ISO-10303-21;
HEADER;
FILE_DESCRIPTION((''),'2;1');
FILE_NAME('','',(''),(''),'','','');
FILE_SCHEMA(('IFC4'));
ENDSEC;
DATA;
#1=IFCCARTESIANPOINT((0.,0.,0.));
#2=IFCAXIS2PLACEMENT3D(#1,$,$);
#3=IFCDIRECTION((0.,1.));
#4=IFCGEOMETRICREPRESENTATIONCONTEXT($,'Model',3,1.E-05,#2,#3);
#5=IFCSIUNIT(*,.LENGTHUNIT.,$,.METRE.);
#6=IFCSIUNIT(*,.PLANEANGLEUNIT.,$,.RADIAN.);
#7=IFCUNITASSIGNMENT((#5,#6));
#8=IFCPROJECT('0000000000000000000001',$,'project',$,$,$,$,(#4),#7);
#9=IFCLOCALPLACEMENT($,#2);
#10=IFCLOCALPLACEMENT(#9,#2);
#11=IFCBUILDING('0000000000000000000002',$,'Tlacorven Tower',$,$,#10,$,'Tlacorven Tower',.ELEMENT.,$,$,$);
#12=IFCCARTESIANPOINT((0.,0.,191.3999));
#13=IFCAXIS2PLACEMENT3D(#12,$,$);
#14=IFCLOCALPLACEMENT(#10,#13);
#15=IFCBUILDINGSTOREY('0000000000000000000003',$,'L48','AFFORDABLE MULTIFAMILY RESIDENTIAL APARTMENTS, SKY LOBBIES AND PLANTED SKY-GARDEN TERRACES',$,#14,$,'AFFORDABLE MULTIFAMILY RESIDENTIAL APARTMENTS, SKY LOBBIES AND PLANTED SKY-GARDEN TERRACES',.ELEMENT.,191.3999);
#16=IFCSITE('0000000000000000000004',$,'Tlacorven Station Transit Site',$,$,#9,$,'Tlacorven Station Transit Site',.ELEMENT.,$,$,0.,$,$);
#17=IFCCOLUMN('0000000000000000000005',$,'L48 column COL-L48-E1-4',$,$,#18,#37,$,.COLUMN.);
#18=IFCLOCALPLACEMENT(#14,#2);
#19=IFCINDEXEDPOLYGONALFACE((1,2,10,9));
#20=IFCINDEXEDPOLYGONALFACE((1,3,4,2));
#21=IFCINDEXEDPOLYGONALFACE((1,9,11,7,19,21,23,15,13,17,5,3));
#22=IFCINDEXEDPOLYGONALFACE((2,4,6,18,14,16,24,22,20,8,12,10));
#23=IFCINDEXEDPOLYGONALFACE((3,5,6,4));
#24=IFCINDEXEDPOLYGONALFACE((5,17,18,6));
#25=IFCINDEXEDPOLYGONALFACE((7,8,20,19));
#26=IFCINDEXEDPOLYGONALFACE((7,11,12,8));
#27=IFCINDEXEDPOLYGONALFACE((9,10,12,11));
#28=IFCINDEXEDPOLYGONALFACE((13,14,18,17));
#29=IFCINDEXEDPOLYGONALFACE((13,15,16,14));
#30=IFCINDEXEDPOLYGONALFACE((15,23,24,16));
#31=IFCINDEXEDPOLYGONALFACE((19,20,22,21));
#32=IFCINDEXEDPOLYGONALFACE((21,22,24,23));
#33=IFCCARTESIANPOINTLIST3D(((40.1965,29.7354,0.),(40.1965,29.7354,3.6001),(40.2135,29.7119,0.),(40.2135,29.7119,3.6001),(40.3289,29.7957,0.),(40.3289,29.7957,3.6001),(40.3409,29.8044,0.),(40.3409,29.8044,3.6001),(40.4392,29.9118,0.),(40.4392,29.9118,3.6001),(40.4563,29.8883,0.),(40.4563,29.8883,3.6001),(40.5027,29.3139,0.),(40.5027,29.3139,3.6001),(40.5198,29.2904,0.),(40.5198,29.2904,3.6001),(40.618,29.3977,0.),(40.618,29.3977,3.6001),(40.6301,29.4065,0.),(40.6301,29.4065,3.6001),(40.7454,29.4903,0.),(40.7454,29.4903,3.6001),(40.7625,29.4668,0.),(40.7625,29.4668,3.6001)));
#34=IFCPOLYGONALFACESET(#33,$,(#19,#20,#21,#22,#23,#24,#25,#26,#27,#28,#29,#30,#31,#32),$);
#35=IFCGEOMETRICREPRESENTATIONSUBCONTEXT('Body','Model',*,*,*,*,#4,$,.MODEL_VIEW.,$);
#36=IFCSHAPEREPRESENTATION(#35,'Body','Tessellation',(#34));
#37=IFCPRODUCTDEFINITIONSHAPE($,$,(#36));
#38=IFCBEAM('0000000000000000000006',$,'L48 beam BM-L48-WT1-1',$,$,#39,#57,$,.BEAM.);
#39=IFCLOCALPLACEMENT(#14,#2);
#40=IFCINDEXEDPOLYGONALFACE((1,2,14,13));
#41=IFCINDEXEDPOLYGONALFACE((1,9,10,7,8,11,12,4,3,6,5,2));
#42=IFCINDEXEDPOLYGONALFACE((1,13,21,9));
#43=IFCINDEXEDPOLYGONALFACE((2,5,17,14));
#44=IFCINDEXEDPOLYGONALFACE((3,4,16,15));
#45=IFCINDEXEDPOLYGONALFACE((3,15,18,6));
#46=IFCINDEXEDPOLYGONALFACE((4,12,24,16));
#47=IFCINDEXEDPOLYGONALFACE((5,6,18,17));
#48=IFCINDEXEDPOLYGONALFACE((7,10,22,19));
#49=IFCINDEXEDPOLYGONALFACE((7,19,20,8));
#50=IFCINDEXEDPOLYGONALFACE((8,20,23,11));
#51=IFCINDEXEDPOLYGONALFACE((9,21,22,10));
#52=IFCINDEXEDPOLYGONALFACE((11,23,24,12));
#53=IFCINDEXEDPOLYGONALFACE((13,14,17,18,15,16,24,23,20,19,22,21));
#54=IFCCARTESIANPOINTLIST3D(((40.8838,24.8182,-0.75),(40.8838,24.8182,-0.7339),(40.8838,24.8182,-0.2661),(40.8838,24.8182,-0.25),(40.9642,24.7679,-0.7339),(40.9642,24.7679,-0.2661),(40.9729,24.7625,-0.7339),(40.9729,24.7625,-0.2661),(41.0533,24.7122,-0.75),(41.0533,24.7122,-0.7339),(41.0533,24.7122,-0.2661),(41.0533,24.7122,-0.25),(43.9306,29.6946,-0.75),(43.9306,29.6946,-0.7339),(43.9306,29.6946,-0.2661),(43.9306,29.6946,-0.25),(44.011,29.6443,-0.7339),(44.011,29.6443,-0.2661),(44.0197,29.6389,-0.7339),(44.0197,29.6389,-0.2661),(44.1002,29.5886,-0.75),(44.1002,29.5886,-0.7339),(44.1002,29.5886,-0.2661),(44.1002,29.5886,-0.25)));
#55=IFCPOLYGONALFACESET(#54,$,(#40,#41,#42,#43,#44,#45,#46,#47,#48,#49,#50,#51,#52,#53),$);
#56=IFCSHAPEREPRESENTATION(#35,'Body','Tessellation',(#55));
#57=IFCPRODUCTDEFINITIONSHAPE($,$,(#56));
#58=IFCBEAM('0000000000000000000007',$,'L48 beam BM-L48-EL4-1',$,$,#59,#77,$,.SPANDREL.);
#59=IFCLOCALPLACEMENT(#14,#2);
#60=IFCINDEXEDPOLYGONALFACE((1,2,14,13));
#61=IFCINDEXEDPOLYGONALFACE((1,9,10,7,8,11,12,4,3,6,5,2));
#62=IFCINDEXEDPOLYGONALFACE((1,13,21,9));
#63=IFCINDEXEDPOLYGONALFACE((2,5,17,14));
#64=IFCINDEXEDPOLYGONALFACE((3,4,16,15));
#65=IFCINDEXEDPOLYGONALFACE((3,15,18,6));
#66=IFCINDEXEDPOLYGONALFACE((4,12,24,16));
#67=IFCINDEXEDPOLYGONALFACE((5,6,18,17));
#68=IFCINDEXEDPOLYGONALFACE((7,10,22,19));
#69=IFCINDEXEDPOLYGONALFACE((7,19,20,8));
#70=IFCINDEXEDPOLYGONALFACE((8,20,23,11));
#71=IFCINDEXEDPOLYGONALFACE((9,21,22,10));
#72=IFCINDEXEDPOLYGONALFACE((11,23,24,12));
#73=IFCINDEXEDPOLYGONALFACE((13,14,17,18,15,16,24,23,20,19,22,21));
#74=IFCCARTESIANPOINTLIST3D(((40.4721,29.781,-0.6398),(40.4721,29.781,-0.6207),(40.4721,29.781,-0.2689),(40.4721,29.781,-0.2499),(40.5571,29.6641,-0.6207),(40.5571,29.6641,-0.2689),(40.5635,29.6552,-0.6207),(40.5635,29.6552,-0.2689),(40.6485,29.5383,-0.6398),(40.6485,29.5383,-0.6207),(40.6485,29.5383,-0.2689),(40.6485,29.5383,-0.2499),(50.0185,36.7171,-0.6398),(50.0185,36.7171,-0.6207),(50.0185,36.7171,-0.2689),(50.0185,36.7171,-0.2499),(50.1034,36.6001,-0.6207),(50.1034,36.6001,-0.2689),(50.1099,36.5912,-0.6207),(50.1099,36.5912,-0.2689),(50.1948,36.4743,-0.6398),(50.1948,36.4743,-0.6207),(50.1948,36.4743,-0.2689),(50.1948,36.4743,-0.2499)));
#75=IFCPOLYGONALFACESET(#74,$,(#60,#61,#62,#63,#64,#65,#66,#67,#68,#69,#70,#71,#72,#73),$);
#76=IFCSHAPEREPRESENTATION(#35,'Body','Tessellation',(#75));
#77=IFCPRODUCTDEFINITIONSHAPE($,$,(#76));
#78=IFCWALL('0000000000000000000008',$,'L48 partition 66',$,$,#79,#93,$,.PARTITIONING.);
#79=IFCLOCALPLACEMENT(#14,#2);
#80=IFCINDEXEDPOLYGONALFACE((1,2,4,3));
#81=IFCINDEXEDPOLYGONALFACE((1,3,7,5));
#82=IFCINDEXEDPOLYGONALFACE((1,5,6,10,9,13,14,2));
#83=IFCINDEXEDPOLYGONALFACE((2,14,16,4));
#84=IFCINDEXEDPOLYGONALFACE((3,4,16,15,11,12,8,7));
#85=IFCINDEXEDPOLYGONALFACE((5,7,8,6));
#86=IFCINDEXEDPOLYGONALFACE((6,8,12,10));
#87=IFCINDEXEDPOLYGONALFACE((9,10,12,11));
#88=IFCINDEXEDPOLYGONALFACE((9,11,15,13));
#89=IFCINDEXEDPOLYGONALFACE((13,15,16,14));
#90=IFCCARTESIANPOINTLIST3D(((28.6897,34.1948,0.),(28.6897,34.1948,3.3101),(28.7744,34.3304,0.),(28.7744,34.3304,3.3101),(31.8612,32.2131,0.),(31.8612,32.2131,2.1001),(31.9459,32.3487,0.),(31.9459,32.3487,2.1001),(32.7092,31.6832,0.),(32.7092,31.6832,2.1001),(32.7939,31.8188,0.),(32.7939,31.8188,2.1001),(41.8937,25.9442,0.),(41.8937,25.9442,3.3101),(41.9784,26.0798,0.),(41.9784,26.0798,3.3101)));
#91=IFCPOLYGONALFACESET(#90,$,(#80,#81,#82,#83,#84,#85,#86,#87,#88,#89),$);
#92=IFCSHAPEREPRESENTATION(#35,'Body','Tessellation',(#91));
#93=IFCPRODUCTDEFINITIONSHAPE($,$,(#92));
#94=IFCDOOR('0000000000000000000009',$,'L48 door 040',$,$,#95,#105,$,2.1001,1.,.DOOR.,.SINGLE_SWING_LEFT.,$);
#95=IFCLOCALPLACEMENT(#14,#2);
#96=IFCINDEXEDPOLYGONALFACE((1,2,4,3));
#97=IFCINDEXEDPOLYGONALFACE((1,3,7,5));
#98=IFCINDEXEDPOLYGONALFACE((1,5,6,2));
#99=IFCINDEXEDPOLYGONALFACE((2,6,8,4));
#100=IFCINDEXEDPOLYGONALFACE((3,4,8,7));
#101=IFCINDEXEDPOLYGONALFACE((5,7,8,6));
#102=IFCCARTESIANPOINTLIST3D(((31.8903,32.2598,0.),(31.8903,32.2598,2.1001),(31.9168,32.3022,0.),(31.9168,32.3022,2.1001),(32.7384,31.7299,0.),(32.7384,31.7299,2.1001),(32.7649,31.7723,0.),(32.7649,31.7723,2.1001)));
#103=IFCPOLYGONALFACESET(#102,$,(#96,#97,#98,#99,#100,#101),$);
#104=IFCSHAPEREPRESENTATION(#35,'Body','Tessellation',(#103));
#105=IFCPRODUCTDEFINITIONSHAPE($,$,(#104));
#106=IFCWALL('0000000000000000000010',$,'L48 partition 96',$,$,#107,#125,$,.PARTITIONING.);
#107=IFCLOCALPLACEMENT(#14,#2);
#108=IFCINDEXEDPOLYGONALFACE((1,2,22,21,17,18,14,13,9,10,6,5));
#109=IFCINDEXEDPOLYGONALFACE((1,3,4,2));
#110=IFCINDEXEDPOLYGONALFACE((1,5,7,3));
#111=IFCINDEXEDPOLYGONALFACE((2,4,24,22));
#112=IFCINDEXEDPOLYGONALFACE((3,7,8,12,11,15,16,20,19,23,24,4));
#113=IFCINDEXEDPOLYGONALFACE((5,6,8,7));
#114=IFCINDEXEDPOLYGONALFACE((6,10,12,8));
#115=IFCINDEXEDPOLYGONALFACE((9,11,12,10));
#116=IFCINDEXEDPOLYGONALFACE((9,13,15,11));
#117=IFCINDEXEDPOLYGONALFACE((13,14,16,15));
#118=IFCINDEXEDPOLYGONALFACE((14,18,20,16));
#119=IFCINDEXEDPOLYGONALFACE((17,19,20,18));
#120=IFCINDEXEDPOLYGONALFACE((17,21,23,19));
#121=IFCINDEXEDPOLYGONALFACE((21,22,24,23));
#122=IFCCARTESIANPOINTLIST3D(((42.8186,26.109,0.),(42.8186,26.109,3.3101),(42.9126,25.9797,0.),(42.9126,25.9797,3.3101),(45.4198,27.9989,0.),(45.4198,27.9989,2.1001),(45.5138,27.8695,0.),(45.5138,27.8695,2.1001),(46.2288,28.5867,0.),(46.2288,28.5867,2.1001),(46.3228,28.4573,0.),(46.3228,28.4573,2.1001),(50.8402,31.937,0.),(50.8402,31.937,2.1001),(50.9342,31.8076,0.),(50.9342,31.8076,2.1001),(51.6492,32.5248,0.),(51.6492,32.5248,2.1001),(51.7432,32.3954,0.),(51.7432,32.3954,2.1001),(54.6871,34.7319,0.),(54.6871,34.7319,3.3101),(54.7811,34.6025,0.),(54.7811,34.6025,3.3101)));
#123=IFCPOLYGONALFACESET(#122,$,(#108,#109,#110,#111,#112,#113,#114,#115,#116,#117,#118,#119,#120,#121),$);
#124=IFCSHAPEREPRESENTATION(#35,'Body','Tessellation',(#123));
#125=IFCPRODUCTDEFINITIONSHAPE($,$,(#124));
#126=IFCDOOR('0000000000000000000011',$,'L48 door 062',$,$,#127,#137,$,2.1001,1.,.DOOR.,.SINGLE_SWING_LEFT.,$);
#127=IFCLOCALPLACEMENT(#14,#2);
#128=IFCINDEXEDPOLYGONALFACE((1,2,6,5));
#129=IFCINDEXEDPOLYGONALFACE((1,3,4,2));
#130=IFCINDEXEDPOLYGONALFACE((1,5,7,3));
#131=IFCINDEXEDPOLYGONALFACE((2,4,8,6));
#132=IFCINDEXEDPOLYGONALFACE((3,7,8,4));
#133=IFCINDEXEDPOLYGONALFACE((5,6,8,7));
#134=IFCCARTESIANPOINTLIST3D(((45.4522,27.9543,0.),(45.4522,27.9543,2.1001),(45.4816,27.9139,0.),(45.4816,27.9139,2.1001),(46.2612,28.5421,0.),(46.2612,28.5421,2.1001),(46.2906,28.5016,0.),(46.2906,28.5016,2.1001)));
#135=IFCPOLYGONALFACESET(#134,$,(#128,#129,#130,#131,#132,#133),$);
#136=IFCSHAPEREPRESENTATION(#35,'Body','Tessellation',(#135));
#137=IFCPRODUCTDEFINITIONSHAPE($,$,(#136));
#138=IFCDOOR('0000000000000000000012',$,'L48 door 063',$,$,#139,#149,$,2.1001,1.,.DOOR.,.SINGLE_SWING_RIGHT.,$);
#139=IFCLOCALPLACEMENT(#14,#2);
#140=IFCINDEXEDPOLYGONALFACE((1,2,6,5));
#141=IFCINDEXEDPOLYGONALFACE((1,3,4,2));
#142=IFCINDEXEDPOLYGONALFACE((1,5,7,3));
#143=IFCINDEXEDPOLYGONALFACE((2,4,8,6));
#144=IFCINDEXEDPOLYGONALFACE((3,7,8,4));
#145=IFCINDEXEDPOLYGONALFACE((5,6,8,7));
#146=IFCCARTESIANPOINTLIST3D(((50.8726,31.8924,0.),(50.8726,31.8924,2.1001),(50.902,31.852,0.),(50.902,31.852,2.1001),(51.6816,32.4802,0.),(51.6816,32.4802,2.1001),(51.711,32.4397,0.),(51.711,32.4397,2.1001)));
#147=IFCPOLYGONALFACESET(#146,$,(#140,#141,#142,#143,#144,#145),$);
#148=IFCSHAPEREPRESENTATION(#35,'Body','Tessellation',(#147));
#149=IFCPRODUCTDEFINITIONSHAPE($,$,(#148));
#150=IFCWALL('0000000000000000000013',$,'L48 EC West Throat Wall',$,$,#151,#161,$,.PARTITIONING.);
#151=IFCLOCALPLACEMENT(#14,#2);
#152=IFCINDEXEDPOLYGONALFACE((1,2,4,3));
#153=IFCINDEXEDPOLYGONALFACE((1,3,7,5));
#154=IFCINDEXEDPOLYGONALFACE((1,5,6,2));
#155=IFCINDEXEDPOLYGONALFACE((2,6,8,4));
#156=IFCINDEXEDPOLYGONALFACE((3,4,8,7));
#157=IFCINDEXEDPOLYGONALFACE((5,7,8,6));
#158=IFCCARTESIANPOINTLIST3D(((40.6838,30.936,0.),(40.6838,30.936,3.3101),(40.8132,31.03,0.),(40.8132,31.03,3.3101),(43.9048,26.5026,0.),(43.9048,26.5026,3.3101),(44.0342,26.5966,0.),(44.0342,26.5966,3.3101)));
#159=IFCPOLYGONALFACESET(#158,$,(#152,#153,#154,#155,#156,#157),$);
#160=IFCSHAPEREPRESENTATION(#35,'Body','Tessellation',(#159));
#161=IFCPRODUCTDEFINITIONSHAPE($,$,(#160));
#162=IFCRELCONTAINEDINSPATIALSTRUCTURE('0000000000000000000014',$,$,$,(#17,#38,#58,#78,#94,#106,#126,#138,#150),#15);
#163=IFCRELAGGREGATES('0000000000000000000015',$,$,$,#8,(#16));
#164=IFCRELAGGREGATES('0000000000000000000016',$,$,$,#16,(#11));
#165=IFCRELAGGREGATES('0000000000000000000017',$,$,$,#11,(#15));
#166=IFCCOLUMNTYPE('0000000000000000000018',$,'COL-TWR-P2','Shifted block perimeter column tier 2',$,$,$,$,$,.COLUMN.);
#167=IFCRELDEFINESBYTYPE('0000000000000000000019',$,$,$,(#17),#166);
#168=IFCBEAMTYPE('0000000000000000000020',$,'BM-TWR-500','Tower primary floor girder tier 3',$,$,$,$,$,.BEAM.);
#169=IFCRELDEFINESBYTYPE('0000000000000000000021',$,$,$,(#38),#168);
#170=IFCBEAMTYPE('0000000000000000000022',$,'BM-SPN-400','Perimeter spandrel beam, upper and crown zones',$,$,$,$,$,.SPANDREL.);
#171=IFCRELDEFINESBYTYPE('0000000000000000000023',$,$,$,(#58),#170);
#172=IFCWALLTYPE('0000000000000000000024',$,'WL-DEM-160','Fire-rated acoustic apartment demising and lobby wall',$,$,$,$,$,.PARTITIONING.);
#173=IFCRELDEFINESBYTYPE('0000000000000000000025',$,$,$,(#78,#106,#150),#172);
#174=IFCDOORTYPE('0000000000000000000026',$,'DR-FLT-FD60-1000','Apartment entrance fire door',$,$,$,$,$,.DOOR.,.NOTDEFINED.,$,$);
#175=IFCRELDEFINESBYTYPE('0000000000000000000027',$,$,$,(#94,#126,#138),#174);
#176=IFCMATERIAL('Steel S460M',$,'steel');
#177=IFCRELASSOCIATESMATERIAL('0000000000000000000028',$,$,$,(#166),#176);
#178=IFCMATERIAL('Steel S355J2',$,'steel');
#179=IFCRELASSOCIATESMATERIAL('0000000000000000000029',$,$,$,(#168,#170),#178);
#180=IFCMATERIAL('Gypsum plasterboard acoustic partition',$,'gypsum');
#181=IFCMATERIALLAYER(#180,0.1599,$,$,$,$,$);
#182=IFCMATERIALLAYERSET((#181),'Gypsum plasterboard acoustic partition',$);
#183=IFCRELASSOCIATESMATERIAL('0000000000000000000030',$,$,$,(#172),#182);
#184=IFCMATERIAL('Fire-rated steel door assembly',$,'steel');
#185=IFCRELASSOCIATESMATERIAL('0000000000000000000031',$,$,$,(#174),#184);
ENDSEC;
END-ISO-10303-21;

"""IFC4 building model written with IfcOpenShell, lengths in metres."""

from ifc_helpers import new_model, si_unit, direction, frame, frame_2d, origin, origin_2d, place, context, subcontext, project, spatial, rectangle, i_section, extrude, source, transform, mapped, material, layer, layer_set, material_profile, profile_set, type_object, element, fill, save


model = new_model("IFC4")

# Units and contexts
model_context = context("Model", 3, precision=1e-05, world=origin(), true_north=direction((0.0, 1.0)))
body_context = subcontext(model_context, "Body", "Model", "MODEL_VIEW")
ifc_project = project(units=[si_unit("LENGTHUNIT", "METRE"), si_unit("PLANEANGLEUNIT", "RADIAN")], contexts=[model_context])

# Site, building, storey
site_placement = place(None, origin())
site = spatial("IfcSite", under=ifc_project, at=site_placement, Name="Tlacorven Station Transit Site", LongName="Tlacorven Station Transit Site", CompositionType="ELEMENT", RefElevation=0.0)
building_placement = place(site_placement, origin())
building = spatial("IfcBuilding", under=site, at=building_placement, Name="Tlacorven Tower", LongName="Tlacorven Tower", CompositionType="ELEMENT")
storey_placement = place(building_placement, frame((0.0, 0.0, 191.3999)))
storey = spatial("IfcBuildingStorey", under=building, at=storey_placement, Name="L48", Description="AFFORDABLE MULTIFAMILY RESIDENTIAL APARTMENTS, SKY LOBBIES AND PLANTED SKY-GARDEN TERRACES", LongName="AFFORDABLE MULTIFAMILY RESIDENTIAL APARTMENTS, SKY LOBBIES AND PLANTED SKY-GARDEN TERRACES", CompositionType="ELEMENT", Elevation=191.3999)

# Column
ifc_material_1 = material(Name="Steel S460M", Category="steel")
ifc_material_profile_1 = material_profile(ifc_material_1, i_section(OverallWidth=0.3, OverallDepth=0.55, WebThickness=0.0149, FlangeThickness=0.0291, at=origin_2d()), Name="HEB 550")
ifc_profile_set_1 = profile_set([ifc_material_profile_1], Name="Steel S460M")
column_type = type_object("IfcColumnType", Name="COL-TWR-P2", Description="Shifted block perimeter column tier 2", PredefinedType="COLUMN", material=ifc_profile_set_1)
shared_shape_1 = source(origin(), body_context, "Body", "SweptSolid", [
    extrude(i_section(OverallWidth=0.3, OverallDepth=0.55, WebThickness=0.0149, FlangeThickness=0.0291, at=origin_2d()), origin(), (0.0, 0.0, 1.0), 3.6001),
])
column_placement = place(storey_placement, frame((40.4795, 29.6011, 0.0), z_axis=(0.0, 0.0, 1.0), x_axis=(0.809017, 0.587785, 0.0)))
element("IfcColumn", 1, at=column_placement, inside=storey, type_object=column_type, Name="L48 column COL-L48-E1-4", PredefinedType="COLUMN", context=body_context, shape_type="MappedRepresentation", body=[
    mapped(shared_shape_1, transform((0.0, 0.0, 0.0), scale=1.0)),
])

# Beams
ifc_material_2 = material(Name="Steel S355J2", Category="steel")
ifc_material_profile_2 = material_profile(ifc_material_2, i_section(OverallWidth=0.2, OverallDepth=0.5, WebThickness=0.0103, FlangeThickness=0.0161, at=origin_2d()), Name="IPE 500")
ifc_profile_set_2 = profile_set([ifc_material_profile_2], Name="Steel S355J2")
beam_type_1 = type_object("IfcBeamType", Name="BM-TWR-500", Description="Tower primary floor girder tier 3", PredefinedType="BEAM", material=ifc_profile_set_2)
shared_shape_2 = source(origin(), body_context, "Body", "SweptSolid", [
    extrude(i_section(OverallWidth=0.2, OverallDepth=0.5, WebThickness=0.0103, FlangeThickness=0.0161, at=origin_2d()), origin(), (0.0, 0.0, 1.0), 5.75),
])
beam_1_placement = place(storey_placement, frame((44.0154, 29.6416, -0.5), z_axis=(-0.529884, -0.84807, 0.0), x_axis=(0.84807, -0.529884, 0.0)))
element("IfcBeam", 2, at=beam_1_placement, inside=storey, type_object=beam_type_1, Name="L48 beam BM-L48-WT1-1", PredefinedType="BEAM", context=body_context, shape_type="MappedRepresentation", body=[
    mapped(shared_shape_2, transform((0.0, 0.0, 0.0), scale=1.0)),
])
ifc_material_profile_3 = material_profile(ifc_material_2, i_section(OverallWidth=0.3, OverallDepth=0.3899, WebThickness=0.011, FlangeThickness=0.019, at=origin_2d()), Name="HEA 400")
ifc_profile_set_3 = profile_set([ifc_material_profile_3], Name="Steel S355J2")
beam_type_2 = type_object("IfcBeamType", Name="BM-SPN-400", Description="Perimeter spandrel beam, upper and crown zones", PredefinedType="SPANDREL", material=ifc_profile_set_3)
shared_shape_3 = source(origin(), body_context, "Body", "SweptSolid", [
    extrude(i_section(OverallWidth=0.3, OverallDepth=0.3899, WebThickness=0.011, FlangeThickness=0.019, at=origin_2d()), origin(), (0.0, 0.0, 1.0), 11.8),
])
beam_2_placement = place(storey_placement, frame((40.5603, 29.6597, -0.4448), z_axis=(0.80901, 0.587795, 0.0), x_axis=(-0.587795, 0.80901, 0.0)))
element("IfcBeam", 3, at=beam_2_placement, inside=storey, type_object=beam_type_2, Name="L48 beam BM-L48-EL4-1", PredefinedType="SPANDREL", context=body_context, shape_type="MappedRepresentation", body=[
    mapped(shared_shape_3, transform((0.0, 0.0, 0.0), scale=1.0)),
])

# Wall, opening, door
ifc_material_3 = material(Name="Gypsum plasterboard acoustic partition", Category="gypsum")
ifc_layer_1 = layer(ifc_material_3, 0.1599)
ifc_layer_set_1 = layer_set([ifc_layer_1], Name="Gypsum plasterboard acoustic partition")
wall_type_1 = type_object("IfcWallType", Name="WL-DEM-160", Description="Fire-rated acoustic apartment demising and lobby wall", PredefinedType="PARTITIONING", material=ifc_layer_set_1)
wall_1_placement = place(storey_placement, frame((41.936, 26.012, 0.0), z_axis=(0.0, 0.0, 1.0), x_axis=(-0.848051, 0.529914, 0.0)))
wall_1 = element("IfcWall", 4, at=wall_1_placement, inside=storey, type_object=wall_type_1, Name="L48 partition 66", PredefinedType="PARTITIONING", context=body_context, shape_type="SweptSolid", body=[
    extrude(rectangle(XDim=15.5698, YDim=0.1599, at=frame_2d((7.7849, 0.0))), origin(), (0.0, 0.0, 1.0), 3.3101),
])
opening_1_placement = place(wall_1_placement, frame((10.8301, 0.0, 0.0)))
opening_1 = element("IfcOpeningElement", 5, at=opening_1_placement, cuts=wall_1, PredefinedType="OPENING", context=body_context, shape_type="SweptSolid", body=[
    extrude(rectangle(XDim=1.0, YDim=2.1001, at=frame_2d((0.5, 1.05))), frame((0.0, 0.0898, 0.0), z_axis=(0.0, -1.0, 0.0), x_axis=(1.0, 0.0, 0.0)), (0.0, 0.0, 1.0), 0.1799),
])
ifc_material_4 = material(Name="Fire-rated steel door assembly", Category="steel")
door_type_1 = type_object("IfcDoorType", Name="DR-FLT-FD60-1000", Description="Apartment entrance fire door", OperationType="NOTDEFINED", PredefinedType="DOOR", material=ifc_material_4)
shared_shape_4 = source(origin(), body_context, "Body", "SweptSolid", [
    extrude(rectangle(XDim=1.0, YDim=2.1001, at=frame_2d((0.5, 1.05))), frame((0.0, 0.0249, 0.0), z_axis=(0.0, -1.0, 0.0), x_axis=(1.0, 0.0, 0.0)), (0.0, 0.0, 1.0), 0.05),
])
door_1_placement = place(opening_1_placement, origin())
door_1 = element("IfcDoor", 6, at=door_1_placement, inside=storey, type_object=door_type_1, Name="L48 door 040", OperationType="SINGLE_SWING_LEFT", OverallHeight=2.1001, OverallWidth=1.0, PredefinedType="DOOR", context=body_context, shape_type="MappedRepresentation", body=[
    mapped(shared_shape_4, transform((0.0, 0.0, 0.0), scale=1.0)),
])
fill(opening_1, door_1)

# Wall, openings, doors
wall_2_placement = place(storey_placement, frame((42.8657, 26.0444, 0.0), z_axis=(0.0, 0.0, 1.0), x_axis=(0.80902, 0.587781, 0.0)))
wall_2 = element("IfcWall", 7, at=wall_2_placement, inside=storey, type_object=wall_type_1, Name="L48 partition 96", PredefinedType="PARTITIONING", context=body_context, shape_type="SweptSolid", body=[
    extrude(rectangle(XDim=14.6702, YDim=0.1599, at=frame_2d((7.335, 0.0))), origin(), (0.0, 0.0, 1.0), 3.3101),
])
opening_2_placement = place(wall_2_placement, frame((3.2151, 0.0, 0.0)))
opening_2 = element("IfcOpeningElement", 8, at=opening_2_placement, cuts=wall_2, PredefinedType="OPENING", context=body_context, shape_type="SweptSolid", body=[
    extrude(rectangle(XDim=1.0, YDim=2.1001, at=frame_2d((0.5, 1.05))), frame((0.0, 0.0898, 0.0), z_axis=(0.0, -1.0, 0.0), x_axis=(1.0, 0.0, 0.0)), (0.0, 0.0, 1.0), 0.1799),
])
opening_3_placement = place(wall_2_placement, frame((9.915, 0.0, 0.0)))
opening_3 = element("IfcOpeningElement", 9, at=opening_3_placement, cuts=wall_2, PredefinedType="OPENING", context=body_context, shape_type="SweptSolid", body=[
    extrude(rectangle(XDim=1.0, YDim=2.1001, at=frame_2d((0.5, 1.05))), frame((0.0, 0.0898, 0.0), z_axis=(0.0, -1.0, 0.0), x_axis=(1.0, 0.0, 0.0)), (0.0, 0.0, 1.0), 0.1799),
])
door_2_placement = place(opening_2_placement, origin())
door_2 = element("IfcDoor", 10, at=door_2_placement, inside=storey, type_object=door_type_1, Name="L48 door 062", OperationType="SINGLE_SWING_LEFT", OverallHeight=2.1001, OverallWidth=1.0, PredefinedType="DOOR", context=body_context, shape_type="MappedRepresentation", body=[
    mapped(shared_shape_4, transform((0.0, 0.0, 0.0), scale=1.0)),
])
fill(opening_2, door_2)
door_3_placement = place(opening_3_placement, origin())
door_3 = element("IfcDoor", 11, at=door_3_placement, inside=storey, type_object=door_type_1, Name="L48 door 063", OperationType="SINGLE_SWING_RIGHT", OverallHeight=2.1001, OverallWidth=1.0, PredefinedType="DOOR", context=body_context, shape_type="MappedRepresentation", body=[
    mapped(shared_shape_4, transform((0.0, 0.0, 0.0), scale=1.0)),
])
fill(opening_3, door_3)

# Wall
wall_3_placement = place(storey_placement, frame((43.9695, 26.5496, 0.0), z_axis=(0.0, 0.0, 1.0), x_axis=(-0.587777, 0.809023, 0.0)))
element("IfcWall", 12, at=wall_3_placement, inside=storey, type_object=wall_type_1, Name="L48 EC West Throat Wall", PredefinedType="PARTITIONING", context=body_context, shape_type="SweptSolid", body=[
    extrude(rectangle(XDim=5.48, YDim=0.1599, at=frame_2d((2.74, 0.0))), origin(), (0.0, 0.0, 1.0), 3.3101),
])

save(model, "model.ifc")
